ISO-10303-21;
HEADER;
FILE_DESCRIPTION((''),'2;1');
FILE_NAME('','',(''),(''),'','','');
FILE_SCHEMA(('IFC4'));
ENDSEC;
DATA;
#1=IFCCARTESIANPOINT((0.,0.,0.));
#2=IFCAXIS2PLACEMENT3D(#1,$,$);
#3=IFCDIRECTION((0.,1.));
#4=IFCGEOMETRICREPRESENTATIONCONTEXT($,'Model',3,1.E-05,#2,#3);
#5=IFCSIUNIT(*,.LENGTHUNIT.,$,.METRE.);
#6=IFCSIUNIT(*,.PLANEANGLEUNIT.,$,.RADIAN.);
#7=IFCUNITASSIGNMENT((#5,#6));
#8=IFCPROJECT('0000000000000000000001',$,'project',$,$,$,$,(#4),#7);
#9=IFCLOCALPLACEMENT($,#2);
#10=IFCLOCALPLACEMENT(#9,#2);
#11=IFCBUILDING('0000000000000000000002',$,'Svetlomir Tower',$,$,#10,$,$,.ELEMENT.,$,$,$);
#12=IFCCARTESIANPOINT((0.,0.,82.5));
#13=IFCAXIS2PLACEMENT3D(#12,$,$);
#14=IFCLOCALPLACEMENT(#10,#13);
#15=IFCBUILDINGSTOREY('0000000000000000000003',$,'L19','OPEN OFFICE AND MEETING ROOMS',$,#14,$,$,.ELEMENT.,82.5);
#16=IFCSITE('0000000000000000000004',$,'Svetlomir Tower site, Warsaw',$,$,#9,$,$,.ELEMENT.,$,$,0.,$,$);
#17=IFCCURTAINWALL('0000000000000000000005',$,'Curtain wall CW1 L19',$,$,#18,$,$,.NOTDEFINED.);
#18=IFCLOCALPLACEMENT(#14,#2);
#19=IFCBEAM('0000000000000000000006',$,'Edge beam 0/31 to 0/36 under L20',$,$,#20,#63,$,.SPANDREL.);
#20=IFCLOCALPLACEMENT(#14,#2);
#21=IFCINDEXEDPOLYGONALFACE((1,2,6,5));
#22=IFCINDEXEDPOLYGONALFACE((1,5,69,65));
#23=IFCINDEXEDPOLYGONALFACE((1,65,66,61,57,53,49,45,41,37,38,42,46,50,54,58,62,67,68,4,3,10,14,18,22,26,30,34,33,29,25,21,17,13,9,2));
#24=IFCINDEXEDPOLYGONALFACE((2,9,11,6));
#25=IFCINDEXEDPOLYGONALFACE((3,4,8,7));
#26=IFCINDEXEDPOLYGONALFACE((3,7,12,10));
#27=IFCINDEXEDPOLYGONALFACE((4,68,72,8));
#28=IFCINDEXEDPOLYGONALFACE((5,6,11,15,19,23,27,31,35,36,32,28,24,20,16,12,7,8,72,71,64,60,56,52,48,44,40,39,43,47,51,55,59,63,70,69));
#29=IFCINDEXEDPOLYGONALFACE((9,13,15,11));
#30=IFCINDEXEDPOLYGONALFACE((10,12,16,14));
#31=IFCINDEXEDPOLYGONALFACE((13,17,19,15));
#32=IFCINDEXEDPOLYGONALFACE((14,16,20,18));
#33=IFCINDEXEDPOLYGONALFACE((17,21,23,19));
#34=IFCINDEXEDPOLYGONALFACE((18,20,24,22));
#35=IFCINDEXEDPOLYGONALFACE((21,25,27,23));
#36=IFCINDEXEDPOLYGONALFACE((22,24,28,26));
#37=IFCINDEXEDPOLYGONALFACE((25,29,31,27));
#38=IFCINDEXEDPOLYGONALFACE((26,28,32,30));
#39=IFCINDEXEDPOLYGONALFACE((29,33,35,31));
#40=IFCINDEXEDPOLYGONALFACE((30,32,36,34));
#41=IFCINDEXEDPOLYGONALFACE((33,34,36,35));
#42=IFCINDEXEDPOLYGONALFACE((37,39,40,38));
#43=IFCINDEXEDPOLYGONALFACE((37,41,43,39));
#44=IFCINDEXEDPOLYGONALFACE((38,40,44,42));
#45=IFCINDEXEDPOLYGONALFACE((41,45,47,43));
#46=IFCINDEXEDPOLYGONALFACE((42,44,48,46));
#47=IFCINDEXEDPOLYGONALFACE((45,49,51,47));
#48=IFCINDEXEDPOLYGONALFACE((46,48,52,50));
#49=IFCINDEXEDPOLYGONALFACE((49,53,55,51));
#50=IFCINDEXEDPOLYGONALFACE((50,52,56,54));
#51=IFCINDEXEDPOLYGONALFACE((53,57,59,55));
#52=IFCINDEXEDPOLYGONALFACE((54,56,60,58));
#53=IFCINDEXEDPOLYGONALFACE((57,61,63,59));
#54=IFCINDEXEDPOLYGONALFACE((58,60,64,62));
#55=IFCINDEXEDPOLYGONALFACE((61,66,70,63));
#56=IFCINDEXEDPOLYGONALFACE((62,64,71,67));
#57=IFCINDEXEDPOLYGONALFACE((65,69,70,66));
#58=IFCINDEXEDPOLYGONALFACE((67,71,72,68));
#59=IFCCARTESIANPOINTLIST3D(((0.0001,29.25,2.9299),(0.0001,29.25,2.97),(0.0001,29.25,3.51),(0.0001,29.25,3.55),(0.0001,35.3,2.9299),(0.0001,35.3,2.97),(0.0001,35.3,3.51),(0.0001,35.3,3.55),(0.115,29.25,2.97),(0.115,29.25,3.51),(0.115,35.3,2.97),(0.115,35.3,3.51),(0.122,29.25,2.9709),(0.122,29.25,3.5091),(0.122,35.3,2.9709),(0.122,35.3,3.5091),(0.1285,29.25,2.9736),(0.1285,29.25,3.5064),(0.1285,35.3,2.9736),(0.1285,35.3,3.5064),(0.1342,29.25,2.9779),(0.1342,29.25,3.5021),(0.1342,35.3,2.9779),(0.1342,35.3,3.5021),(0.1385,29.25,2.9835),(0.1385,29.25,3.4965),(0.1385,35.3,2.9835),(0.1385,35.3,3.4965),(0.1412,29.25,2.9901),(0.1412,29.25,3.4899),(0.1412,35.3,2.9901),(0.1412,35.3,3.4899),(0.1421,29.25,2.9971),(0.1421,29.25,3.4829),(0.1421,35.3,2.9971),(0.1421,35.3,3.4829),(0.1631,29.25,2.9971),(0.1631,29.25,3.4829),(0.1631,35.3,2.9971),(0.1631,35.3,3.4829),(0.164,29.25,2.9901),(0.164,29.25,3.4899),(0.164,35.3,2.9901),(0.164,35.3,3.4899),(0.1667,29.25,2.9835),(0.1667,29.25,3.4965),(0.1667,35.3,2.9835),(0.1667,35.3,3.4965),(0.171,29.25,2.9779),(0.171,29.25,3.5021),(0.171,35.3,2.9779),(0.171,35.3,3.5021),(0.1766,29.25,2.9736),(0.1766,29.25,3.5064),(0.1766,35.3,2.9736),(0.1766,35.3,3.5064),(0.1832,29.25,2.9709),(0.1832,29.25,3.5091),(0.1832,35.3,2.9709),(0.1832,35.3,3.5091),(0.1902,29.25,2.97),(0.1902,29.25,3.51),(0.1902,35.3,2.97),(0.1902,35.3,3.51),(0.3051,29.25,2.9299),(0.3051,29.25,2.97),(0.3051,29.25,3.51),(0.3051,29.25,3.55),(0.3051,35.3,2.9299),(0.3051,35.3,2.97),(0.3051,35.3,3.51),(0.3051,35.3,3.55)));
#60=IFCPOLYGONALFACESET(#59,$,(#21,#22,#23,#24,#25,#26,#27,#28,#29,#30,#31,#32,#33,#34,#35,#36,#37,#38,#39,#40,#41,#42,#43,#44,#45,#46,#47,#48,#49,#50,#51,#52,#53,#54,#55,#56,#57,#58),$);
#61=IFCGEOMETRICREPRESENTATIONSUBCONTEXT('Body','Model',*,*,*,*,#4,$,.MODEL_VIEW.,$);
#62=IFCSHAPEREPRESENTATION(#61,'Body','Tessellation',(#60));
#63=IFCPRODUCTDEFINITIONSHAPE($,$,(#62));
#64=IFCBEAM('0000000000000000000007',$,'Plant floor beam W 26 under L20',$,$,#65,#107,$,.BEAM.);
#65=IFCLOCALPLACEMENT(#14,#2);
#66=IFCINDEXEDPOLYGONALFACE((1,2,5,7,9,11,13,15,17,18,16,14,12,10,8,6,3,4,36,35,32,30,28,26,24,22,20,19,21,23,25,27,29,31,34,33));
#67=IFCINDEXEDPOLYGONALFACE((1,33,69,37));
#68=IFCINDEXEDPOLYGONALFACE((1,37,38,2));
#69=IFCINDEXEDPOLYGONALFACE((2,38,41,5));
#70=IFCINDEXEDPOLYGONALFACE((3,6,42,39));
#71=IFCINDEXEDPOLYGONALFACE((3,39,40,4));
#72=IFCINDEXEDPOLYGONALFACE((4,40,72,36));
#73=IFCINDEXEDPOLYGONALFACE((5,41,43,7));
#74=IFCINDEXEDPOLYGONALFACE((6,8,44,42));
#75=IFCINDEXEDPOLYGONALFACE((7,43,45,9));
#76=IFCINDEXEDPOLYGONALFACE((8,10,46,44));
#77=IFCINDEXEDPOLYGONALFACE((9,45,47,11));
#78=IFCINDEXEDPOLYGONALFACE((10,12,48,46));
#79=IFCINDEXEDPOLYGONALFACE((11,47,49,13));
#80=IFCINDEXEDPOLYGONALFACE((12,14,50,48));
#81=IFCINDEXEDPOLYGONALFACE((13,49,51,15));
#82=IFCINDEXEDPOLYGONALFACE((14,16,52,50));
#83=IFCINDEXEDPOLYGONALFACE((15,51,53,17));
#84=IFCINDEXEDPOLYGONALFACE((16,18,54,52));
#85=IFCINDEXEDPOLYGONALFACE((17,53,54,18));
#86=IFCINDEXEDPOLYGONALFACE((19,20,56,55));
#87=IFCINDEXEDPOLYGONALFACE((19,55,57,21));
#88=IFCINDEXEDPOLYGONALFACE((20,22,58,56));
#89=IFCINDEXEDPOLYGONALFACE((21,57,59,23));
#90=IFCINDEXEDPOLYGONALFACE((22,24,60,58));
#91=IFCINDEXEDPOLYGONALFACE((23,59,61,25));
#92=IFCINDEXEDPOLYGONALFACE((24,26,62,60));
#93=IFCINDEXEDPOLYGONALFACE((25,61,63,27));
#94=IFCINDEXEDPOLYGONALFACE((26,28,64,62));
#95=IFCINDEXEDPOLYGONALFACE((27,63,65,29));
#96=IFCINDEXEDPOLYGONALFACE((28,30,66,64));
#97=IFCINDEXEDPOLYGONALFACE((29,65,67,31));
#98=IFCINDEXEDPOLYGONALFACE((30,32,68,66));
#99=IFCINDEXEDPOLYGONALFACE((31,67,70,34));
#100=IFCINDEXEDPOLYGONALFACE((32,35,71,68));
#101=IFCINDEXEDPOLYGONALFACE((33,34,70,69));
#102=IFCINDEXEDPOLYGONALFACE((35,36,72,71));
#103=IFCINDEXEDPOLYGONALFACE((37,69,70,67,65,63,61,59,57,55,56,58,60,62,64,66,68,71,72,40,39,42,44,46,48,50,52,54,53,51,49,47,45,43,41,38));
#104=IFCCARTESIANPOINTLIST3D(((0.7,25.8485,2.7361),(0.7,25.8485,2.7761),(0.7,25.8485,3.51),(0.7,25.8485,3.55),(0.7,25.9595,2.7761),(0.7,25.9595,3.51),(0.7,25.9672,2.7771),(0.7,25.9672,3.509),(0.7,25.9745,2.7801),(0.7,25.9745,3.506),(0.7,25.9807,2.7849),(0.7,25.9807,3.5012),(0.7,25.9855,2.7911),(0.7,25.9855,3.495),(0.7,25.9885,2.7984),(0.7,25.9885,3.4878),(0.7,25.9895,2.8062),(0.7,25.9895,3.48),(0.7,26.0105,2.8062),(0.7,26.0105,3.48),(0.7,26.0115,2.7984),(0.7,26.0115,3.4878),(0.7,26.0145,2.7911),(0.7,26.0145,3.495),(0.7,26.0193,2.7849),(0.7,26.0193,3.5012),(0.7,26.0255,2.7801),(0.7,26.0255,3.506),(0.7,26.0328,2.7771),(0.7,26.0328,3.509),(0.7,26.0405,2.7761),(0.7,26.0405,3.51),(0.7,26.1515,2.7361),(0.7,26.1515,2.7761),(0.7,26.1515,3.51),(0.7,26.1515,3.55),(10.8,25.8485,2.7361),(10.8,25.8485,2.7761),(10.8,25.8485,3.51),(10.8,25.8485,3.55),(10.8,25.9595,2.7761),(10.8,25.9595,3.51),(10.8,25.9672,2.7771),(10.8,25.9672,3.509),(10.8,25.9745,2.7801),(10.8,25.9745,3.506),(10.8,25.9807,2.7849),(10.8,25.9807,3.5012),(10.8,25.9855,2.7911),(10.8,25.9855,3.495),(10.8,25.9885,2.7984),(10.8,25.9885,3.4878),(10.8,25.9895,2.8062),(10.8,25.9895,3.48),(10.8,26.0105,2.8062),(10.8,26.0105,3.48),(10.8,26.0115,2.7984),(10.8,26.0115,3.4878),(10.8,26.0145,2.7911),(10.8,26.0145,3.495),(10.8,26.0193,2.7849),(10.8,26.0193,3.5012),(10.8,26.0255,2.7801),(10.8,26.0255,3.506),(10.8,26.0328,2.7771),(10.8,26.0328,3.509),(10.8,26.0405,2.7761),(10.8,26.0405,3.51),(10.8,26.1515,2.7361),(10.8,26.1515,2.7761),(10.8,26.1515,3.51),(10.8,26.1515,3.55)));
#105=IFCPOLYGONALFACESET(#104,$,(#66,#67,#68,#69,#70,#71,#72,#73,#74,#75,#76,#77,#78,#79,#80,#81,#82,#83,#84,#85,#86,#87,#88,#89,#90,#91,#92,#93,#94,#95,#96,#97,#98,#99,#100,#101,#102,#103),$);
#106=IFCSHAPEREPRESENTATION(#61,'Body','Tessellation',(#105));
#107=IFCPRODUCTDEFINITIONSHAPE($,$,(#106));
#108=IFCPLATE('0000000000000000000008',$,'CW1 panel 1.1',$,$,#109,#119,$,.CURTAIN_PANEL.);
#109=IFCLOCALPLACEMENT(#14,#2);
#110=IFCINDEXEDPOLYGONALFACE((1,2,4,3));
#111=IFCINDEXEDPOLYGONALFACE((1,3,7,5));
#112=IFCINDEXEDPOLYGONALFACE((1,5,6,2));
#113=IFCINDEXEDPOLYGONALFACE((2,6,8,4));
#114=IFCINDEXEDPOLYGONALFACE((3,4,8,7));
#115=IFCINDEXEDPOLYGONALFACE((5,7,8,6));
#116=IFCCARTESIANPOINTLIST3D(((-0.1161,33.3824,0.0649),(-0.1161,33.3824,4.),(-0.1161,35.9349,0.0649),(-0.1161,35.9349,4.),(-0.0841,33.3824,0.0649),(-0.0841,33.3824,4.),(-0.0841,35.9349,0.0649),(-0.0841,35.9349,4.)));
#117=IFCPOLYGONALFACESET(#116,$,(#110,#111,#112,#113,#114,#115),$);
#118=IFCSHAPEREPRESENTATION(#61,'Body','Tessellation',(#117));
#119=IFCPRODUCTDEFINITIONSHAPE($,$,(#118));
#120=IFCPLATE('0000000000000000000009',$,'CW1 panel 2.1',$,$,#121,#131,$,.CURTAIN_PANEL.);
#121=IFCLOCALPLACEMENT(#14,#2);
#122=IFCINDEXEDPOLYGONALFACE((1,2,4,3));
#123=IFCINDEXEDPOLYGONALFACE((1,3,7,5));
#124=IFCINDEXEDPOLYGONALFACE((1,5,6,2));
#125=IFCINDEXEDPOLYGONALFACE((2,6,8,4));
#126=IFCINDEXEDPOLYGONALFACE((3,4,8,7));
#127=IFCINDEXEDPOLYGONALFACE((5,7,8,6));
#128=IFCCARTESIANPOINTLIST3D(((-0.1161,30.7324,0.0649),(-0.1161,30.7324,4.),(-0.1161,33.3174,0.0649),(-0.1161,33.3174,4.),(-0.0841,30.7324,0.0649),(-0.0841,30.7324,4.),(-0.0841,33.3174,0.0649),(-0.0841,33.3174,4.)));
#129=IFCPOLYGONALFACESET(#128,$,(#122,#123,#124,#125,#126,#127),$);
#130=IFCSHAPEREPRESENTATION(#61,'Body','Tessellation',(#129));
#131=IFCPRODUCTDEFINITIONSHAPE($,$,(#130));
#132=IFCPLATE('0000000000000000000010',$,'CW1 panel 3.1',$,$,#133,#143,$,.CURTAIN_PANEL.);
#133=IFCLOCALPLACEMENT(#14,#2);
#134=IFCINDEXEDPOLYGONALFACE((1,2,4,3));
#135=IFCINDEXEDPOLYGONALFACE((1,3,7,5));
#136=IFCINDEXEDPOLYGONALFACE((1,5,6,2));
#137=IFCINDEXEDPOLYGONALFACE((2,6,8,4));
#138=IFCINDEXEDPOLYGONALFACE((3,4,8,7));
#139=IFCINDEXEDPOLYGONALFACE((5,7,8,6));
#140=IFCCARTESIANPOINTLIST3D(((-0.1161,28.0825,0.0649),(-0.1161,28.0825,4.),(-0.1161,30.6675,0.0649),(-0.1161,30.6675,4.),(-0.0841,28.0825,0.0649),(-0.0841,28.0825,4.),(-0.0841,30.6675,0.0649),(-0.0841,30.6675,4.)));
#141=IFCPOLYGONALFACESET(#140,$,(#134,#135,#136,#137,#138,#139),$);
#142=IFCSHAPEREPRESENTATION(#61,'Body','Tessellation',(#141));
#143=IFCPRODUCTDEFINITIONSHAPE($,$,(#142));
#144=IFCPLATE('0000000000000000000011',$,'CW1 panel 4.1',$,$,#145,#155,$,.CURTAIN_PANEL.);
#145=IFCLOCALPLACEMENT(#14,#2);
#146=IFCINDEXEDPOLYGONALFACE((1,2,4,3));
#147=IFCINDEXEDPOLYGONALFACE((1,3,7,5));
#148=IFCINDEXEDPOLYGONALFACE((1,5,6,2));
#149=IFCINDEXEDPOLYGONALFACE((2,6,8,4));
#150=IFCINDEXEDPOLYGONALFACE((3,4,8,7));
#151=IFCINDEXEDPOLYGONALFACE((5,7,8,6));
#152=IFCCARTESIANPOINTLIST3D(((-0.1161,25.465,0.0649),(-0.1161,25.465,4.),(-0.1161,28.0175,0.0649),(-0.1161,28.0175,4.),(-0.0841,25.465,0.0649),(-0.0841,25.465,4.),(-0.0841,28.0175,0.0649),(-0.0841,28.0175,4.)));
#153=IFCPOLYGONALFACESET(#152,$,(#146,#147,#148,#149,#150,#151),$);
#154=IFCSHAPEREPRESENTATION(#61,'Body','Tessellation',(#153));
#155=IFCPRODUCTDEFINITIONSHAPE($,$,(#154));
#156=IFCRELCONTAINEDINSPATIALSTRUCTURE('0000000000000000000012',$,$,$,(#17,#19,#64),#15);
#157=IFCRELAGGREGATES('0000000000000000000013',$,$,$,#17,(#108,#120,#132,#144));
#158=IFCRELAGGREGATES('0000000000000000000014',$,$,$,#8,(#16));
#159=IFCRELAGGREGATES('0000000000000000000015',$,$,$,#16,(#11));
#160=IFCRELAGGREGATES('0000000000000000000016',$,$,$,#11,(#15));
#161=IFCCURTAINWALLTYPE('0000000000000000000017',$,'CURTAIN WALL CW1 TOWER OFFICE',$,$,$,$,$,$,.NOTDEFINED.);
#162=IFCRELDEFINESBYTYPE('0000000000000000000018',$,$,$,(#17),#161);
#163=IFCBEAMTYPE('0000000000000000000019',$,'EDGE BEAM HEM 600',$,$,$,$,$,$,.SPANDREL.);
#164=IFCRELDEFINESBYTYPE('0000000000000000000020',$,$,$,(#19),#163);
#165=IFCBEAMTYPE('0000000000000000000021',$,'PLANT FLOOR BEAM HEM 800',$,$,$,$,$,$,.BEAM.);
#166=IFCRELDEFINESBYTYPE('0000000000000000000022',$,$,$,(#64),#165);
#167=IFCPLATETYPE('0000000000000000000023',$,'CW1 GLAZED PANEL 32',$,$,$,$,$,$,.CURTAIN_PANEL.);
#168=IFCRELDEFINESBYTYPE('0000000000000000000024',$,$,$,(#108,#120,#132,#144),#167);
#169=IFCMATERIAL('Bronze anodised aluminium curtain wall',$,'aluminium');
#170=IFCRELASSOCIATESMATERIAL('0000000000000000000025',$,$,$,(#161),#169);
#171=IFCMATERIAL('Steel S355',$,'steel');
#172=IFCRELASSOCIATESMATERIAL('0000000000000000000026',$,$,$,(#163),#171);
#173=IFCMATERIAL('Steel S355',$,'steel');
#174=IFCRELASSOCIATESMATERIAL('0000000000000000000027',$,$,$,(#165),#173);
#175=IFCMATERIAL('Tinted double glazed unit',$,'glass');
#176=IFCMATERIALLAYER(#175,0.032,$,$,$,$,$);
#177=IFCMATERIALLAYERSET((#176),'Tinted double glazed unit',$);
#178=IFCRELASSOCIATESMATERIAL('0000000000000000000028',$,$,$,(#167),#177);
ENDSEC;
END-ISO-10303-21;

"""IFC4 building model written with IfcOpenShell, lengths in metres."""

from ifc_helpers import new_model, si_unit, direction, frame, origin, origin_2d, place, context, subcontext, project, spatial, rectangle, i_section, extrude, material, layer, layer_set, material_profile, profile_set, type_object, element, aggregate, save


model = new_model("IFC4")

# Units and contexts
model_context = context("Model", 3, precision=1e-05, world=origin(), true_north=direction((0.0, 1.0)))
body_context = subcontext(model_context, "Body", "Model", "MODEL_VIEW")
ifc_project = project(units=[si_unit("LENGTHUNIT", "METRE"), si_unit("PLANEANGLEUNIT", "RADIAN")], contexts=[model_context])

# Site, building, storey
site_placement = place(None, origin())
site = spatial("IfcSite", under=ifc_project, at=site_placement, Name="Svetlomir Tower site, Warsaw", CompositionType="ELEMENT", RefElevation=0.0)
building_placement = place(site_placement, origin())
building = spatial("IfcBuilding", under=site, at=building_placement, Name="Svetlomir Tower", CompositionType="ELEMENT")
storey_placement = place(building_placement, frame((0.0, 0.0, 82.5)))
storey = spatial("IfcBuildingStorey", under=building, at=storey_placement, Name="L19", Description="OPEN OFFICE AND MEETING ROOMS", CompositionType="ELEMENT", Elevation=82.5)

# Curtain wall
ifc_material_1 = material(Name="Bronze anodised aluminium curtain wall", Category="aluminium")
curtain_wall_type = type_object("IfcCurtainWallType", Name="CURTAIN WALL CW1 TOWER OFFICE", PredefinedType="NOTDEFINED", material=ifc_material_1)
curtain_wall_placement = place(storey_placement, origin())
curtain_wall = element("IfcCurtainWall", 1, at=curtain_wall_placement, inside=storey, type_object=curtain_wall_type, Name="Curtain wall CW1 L19", PredefinedType="NOTDEFINED")

# Beams
ifc_material_2 = material(Name="Steel S355", Category="steel")
ifc_material_profile_1 = material_profile(ifc_material_2, i_section(OverallWidth=0.3049, OverallDepth=0.6201, WebThickness=0.021, FlangeThickness=0.04, FilletRadius=0.0271, at=origin_2d()), Name="HEM 600")
ifc_profile_set_1 = profile_set([ifc_material_profile_1], Name="Steel S355")
beam_type_1 = type_object("IfcBeamType", Name="EDGE BEAM HEM 600", PredefinedType="SPANDREL", material=ifc_profile_set_1)
beam_1_placement = place(storey_placement, frame((0.1526, 29.25, 3.24), z_axis=(0.0, 1.0, 0.0), x_axis=(-1.0, 0.0, 0.0)))
element("IfcBeam", 2, at=beam_1_placement, inside=storey, type_object=beam_type_1, Name="Edge beam 0/31 to 0/36 under L20", PredefinedType="SPANDREL", context=body_context, shape_type="SweptSolid", body=[
    extrude(i_section(OverallWidth=0.3049, OverallDepth=0.6201, WebThickness=0.021, FlangeThickness=0.04, FilletRadius=0.0271, at=origin_2d()), origin(), (0.0, 0.0, 1.0), 6.05),
])
ifc_material_3 = material(Name="Steel S355", Category="steel")
ifc_material_profile_2 = material_profile(ifc_material_3, i_section(OverallWidth=0.303, OverallDepth=0.814, WebThickness=0.021, FlangeThickness=0.04, FilletRadius=0.03, at=origin_2d()), Name="HEM 800")
ifc_profile_set_2 = profile_set([ifc_material_profile_2], Name="Steel S355")
beam_type_2 = type_object("IfcBeamType", Name="PLANT FLOOR BEAM HEM 800", PredefinedType="BEAM", material=ifc_profile_set_2)
beam_2_placement = place(storey_placement, frame((0.7, 26.0, 3.1431), z_axis=(1.0, 0.0, 0.0), x_axis=(0.0, 1.0, 0.0)))
element("IfcBeam", 3, at=beam_2_placement, inside=storey, type_object=beam_type_2, Name="Plant floor beam W 26 under L20", PredefinedType="BEAM", context=body_context, shape_type="SweptSolid", body=[
    extrude(i_section(OverallWidth=0.303, OverallDepth=0.814, WebThickness=0.021, FlangeThickness=0.04, FilletRadius=0.03, at=origin_2d()), origin(), (0.0, 0.0, 1.0), 10.1001),
])

# Plates
ifc_material_4 = material(Name="Tinted double glazed unit", Category="glass")
ifc_layer = layer(ifc_material_4, 0.032)
ifc_layer_set = layer_set([ifc_layer], Name="Tinted double glazed unit")
plate_type = type_object("IfcPlateType", Name="CW1 GLAZED PANEL 32", PredefinedType="CURTAIN_PANEL", material=ifc_layer_set)
plate_1_placement = place(storey_placement, frame((-0.1001, 34.6587, 0.0649), z_axis=(0.0, 0.0, 1.0), x_axis=(0.0, -1.0, 0.0)))
plate_1 = element("IfcPlate", 4, at=plate_1_placement, type_object=plate_type, Name="CW1 panel 1.1", PredefinedType="CURTAIN_PANEL", context=body_context, shape_type="SweptSolid", body=[
    extrude(rectangle(XDim=2.5525, YDim=0.032, at=origin_2d()), origin(), (0.0, 0.0, 1.0), 3.9351),
])
plate_2_placement = place(storey_placement, frame((-0.1001, 32.0249, 0.0649), z_axis=(0.0, 0.0, 1.0), x_axis=(0.0, -1.0, 0.0)))
plate_2 = element("IfcPlate", 5, at=plate_2_placement, type_object=plate_type, Name="CW1 panel 2.1", PredefinedType="CURTAIN_PANEL", context=body_context, shape_type="SweptSolid", body=[
    extrude(rectangle(XDim=2.585, YDim=0.032, at=origin_2d()), origin(), (0.0, 0.0, 1.0), 3.9351),
])
plate_3_placement = place(storey_placement, frame((-0.1001, 29.375, 0.0649), z_axis=(0.0, 0.0, 1.0), x_axis=(0.0, -1.0, 0.0)))
plate_3 = element("IfcPlate", 6, at=plate_3_placement, type_object=plate_type, Name="CW1 panel 3.1", PredefinedType="CURTAIN_PANEL", context=body_context, shape_type="SweptSolid", body=[
    extrude(rectangle(XDim=2.585, YDim=0.032, at=origin_2d()), origin(), (0.0, 0.0, 1.0), 3.9351),
])
plate_4_placement = place(storey_placement, frame((-0.1001, 26.7412, 0.0649), z_axis=(0.0, 0.0, 1.0), x_axis=(0.0, -1.0, 0.0)))
plate_4 = element("IfcPlate", 7, at=plate_4_placement, type_object=plate_type, Name="CW1 panel 4.1", PredefinedType="CURTAIN_PANEL", context=body_context, shape_type="SweptSolid", body=[
    extrude(rectangle(XDim=2.5525, YDim=0.032, at=origin_2d()), origin(), (0.0, 0.0, 1.0), 3.9351),
])
aggregate(curtain_wall, [plate_1, plate_2, plate_3, plate_4])

save(model, "model.ifc")
